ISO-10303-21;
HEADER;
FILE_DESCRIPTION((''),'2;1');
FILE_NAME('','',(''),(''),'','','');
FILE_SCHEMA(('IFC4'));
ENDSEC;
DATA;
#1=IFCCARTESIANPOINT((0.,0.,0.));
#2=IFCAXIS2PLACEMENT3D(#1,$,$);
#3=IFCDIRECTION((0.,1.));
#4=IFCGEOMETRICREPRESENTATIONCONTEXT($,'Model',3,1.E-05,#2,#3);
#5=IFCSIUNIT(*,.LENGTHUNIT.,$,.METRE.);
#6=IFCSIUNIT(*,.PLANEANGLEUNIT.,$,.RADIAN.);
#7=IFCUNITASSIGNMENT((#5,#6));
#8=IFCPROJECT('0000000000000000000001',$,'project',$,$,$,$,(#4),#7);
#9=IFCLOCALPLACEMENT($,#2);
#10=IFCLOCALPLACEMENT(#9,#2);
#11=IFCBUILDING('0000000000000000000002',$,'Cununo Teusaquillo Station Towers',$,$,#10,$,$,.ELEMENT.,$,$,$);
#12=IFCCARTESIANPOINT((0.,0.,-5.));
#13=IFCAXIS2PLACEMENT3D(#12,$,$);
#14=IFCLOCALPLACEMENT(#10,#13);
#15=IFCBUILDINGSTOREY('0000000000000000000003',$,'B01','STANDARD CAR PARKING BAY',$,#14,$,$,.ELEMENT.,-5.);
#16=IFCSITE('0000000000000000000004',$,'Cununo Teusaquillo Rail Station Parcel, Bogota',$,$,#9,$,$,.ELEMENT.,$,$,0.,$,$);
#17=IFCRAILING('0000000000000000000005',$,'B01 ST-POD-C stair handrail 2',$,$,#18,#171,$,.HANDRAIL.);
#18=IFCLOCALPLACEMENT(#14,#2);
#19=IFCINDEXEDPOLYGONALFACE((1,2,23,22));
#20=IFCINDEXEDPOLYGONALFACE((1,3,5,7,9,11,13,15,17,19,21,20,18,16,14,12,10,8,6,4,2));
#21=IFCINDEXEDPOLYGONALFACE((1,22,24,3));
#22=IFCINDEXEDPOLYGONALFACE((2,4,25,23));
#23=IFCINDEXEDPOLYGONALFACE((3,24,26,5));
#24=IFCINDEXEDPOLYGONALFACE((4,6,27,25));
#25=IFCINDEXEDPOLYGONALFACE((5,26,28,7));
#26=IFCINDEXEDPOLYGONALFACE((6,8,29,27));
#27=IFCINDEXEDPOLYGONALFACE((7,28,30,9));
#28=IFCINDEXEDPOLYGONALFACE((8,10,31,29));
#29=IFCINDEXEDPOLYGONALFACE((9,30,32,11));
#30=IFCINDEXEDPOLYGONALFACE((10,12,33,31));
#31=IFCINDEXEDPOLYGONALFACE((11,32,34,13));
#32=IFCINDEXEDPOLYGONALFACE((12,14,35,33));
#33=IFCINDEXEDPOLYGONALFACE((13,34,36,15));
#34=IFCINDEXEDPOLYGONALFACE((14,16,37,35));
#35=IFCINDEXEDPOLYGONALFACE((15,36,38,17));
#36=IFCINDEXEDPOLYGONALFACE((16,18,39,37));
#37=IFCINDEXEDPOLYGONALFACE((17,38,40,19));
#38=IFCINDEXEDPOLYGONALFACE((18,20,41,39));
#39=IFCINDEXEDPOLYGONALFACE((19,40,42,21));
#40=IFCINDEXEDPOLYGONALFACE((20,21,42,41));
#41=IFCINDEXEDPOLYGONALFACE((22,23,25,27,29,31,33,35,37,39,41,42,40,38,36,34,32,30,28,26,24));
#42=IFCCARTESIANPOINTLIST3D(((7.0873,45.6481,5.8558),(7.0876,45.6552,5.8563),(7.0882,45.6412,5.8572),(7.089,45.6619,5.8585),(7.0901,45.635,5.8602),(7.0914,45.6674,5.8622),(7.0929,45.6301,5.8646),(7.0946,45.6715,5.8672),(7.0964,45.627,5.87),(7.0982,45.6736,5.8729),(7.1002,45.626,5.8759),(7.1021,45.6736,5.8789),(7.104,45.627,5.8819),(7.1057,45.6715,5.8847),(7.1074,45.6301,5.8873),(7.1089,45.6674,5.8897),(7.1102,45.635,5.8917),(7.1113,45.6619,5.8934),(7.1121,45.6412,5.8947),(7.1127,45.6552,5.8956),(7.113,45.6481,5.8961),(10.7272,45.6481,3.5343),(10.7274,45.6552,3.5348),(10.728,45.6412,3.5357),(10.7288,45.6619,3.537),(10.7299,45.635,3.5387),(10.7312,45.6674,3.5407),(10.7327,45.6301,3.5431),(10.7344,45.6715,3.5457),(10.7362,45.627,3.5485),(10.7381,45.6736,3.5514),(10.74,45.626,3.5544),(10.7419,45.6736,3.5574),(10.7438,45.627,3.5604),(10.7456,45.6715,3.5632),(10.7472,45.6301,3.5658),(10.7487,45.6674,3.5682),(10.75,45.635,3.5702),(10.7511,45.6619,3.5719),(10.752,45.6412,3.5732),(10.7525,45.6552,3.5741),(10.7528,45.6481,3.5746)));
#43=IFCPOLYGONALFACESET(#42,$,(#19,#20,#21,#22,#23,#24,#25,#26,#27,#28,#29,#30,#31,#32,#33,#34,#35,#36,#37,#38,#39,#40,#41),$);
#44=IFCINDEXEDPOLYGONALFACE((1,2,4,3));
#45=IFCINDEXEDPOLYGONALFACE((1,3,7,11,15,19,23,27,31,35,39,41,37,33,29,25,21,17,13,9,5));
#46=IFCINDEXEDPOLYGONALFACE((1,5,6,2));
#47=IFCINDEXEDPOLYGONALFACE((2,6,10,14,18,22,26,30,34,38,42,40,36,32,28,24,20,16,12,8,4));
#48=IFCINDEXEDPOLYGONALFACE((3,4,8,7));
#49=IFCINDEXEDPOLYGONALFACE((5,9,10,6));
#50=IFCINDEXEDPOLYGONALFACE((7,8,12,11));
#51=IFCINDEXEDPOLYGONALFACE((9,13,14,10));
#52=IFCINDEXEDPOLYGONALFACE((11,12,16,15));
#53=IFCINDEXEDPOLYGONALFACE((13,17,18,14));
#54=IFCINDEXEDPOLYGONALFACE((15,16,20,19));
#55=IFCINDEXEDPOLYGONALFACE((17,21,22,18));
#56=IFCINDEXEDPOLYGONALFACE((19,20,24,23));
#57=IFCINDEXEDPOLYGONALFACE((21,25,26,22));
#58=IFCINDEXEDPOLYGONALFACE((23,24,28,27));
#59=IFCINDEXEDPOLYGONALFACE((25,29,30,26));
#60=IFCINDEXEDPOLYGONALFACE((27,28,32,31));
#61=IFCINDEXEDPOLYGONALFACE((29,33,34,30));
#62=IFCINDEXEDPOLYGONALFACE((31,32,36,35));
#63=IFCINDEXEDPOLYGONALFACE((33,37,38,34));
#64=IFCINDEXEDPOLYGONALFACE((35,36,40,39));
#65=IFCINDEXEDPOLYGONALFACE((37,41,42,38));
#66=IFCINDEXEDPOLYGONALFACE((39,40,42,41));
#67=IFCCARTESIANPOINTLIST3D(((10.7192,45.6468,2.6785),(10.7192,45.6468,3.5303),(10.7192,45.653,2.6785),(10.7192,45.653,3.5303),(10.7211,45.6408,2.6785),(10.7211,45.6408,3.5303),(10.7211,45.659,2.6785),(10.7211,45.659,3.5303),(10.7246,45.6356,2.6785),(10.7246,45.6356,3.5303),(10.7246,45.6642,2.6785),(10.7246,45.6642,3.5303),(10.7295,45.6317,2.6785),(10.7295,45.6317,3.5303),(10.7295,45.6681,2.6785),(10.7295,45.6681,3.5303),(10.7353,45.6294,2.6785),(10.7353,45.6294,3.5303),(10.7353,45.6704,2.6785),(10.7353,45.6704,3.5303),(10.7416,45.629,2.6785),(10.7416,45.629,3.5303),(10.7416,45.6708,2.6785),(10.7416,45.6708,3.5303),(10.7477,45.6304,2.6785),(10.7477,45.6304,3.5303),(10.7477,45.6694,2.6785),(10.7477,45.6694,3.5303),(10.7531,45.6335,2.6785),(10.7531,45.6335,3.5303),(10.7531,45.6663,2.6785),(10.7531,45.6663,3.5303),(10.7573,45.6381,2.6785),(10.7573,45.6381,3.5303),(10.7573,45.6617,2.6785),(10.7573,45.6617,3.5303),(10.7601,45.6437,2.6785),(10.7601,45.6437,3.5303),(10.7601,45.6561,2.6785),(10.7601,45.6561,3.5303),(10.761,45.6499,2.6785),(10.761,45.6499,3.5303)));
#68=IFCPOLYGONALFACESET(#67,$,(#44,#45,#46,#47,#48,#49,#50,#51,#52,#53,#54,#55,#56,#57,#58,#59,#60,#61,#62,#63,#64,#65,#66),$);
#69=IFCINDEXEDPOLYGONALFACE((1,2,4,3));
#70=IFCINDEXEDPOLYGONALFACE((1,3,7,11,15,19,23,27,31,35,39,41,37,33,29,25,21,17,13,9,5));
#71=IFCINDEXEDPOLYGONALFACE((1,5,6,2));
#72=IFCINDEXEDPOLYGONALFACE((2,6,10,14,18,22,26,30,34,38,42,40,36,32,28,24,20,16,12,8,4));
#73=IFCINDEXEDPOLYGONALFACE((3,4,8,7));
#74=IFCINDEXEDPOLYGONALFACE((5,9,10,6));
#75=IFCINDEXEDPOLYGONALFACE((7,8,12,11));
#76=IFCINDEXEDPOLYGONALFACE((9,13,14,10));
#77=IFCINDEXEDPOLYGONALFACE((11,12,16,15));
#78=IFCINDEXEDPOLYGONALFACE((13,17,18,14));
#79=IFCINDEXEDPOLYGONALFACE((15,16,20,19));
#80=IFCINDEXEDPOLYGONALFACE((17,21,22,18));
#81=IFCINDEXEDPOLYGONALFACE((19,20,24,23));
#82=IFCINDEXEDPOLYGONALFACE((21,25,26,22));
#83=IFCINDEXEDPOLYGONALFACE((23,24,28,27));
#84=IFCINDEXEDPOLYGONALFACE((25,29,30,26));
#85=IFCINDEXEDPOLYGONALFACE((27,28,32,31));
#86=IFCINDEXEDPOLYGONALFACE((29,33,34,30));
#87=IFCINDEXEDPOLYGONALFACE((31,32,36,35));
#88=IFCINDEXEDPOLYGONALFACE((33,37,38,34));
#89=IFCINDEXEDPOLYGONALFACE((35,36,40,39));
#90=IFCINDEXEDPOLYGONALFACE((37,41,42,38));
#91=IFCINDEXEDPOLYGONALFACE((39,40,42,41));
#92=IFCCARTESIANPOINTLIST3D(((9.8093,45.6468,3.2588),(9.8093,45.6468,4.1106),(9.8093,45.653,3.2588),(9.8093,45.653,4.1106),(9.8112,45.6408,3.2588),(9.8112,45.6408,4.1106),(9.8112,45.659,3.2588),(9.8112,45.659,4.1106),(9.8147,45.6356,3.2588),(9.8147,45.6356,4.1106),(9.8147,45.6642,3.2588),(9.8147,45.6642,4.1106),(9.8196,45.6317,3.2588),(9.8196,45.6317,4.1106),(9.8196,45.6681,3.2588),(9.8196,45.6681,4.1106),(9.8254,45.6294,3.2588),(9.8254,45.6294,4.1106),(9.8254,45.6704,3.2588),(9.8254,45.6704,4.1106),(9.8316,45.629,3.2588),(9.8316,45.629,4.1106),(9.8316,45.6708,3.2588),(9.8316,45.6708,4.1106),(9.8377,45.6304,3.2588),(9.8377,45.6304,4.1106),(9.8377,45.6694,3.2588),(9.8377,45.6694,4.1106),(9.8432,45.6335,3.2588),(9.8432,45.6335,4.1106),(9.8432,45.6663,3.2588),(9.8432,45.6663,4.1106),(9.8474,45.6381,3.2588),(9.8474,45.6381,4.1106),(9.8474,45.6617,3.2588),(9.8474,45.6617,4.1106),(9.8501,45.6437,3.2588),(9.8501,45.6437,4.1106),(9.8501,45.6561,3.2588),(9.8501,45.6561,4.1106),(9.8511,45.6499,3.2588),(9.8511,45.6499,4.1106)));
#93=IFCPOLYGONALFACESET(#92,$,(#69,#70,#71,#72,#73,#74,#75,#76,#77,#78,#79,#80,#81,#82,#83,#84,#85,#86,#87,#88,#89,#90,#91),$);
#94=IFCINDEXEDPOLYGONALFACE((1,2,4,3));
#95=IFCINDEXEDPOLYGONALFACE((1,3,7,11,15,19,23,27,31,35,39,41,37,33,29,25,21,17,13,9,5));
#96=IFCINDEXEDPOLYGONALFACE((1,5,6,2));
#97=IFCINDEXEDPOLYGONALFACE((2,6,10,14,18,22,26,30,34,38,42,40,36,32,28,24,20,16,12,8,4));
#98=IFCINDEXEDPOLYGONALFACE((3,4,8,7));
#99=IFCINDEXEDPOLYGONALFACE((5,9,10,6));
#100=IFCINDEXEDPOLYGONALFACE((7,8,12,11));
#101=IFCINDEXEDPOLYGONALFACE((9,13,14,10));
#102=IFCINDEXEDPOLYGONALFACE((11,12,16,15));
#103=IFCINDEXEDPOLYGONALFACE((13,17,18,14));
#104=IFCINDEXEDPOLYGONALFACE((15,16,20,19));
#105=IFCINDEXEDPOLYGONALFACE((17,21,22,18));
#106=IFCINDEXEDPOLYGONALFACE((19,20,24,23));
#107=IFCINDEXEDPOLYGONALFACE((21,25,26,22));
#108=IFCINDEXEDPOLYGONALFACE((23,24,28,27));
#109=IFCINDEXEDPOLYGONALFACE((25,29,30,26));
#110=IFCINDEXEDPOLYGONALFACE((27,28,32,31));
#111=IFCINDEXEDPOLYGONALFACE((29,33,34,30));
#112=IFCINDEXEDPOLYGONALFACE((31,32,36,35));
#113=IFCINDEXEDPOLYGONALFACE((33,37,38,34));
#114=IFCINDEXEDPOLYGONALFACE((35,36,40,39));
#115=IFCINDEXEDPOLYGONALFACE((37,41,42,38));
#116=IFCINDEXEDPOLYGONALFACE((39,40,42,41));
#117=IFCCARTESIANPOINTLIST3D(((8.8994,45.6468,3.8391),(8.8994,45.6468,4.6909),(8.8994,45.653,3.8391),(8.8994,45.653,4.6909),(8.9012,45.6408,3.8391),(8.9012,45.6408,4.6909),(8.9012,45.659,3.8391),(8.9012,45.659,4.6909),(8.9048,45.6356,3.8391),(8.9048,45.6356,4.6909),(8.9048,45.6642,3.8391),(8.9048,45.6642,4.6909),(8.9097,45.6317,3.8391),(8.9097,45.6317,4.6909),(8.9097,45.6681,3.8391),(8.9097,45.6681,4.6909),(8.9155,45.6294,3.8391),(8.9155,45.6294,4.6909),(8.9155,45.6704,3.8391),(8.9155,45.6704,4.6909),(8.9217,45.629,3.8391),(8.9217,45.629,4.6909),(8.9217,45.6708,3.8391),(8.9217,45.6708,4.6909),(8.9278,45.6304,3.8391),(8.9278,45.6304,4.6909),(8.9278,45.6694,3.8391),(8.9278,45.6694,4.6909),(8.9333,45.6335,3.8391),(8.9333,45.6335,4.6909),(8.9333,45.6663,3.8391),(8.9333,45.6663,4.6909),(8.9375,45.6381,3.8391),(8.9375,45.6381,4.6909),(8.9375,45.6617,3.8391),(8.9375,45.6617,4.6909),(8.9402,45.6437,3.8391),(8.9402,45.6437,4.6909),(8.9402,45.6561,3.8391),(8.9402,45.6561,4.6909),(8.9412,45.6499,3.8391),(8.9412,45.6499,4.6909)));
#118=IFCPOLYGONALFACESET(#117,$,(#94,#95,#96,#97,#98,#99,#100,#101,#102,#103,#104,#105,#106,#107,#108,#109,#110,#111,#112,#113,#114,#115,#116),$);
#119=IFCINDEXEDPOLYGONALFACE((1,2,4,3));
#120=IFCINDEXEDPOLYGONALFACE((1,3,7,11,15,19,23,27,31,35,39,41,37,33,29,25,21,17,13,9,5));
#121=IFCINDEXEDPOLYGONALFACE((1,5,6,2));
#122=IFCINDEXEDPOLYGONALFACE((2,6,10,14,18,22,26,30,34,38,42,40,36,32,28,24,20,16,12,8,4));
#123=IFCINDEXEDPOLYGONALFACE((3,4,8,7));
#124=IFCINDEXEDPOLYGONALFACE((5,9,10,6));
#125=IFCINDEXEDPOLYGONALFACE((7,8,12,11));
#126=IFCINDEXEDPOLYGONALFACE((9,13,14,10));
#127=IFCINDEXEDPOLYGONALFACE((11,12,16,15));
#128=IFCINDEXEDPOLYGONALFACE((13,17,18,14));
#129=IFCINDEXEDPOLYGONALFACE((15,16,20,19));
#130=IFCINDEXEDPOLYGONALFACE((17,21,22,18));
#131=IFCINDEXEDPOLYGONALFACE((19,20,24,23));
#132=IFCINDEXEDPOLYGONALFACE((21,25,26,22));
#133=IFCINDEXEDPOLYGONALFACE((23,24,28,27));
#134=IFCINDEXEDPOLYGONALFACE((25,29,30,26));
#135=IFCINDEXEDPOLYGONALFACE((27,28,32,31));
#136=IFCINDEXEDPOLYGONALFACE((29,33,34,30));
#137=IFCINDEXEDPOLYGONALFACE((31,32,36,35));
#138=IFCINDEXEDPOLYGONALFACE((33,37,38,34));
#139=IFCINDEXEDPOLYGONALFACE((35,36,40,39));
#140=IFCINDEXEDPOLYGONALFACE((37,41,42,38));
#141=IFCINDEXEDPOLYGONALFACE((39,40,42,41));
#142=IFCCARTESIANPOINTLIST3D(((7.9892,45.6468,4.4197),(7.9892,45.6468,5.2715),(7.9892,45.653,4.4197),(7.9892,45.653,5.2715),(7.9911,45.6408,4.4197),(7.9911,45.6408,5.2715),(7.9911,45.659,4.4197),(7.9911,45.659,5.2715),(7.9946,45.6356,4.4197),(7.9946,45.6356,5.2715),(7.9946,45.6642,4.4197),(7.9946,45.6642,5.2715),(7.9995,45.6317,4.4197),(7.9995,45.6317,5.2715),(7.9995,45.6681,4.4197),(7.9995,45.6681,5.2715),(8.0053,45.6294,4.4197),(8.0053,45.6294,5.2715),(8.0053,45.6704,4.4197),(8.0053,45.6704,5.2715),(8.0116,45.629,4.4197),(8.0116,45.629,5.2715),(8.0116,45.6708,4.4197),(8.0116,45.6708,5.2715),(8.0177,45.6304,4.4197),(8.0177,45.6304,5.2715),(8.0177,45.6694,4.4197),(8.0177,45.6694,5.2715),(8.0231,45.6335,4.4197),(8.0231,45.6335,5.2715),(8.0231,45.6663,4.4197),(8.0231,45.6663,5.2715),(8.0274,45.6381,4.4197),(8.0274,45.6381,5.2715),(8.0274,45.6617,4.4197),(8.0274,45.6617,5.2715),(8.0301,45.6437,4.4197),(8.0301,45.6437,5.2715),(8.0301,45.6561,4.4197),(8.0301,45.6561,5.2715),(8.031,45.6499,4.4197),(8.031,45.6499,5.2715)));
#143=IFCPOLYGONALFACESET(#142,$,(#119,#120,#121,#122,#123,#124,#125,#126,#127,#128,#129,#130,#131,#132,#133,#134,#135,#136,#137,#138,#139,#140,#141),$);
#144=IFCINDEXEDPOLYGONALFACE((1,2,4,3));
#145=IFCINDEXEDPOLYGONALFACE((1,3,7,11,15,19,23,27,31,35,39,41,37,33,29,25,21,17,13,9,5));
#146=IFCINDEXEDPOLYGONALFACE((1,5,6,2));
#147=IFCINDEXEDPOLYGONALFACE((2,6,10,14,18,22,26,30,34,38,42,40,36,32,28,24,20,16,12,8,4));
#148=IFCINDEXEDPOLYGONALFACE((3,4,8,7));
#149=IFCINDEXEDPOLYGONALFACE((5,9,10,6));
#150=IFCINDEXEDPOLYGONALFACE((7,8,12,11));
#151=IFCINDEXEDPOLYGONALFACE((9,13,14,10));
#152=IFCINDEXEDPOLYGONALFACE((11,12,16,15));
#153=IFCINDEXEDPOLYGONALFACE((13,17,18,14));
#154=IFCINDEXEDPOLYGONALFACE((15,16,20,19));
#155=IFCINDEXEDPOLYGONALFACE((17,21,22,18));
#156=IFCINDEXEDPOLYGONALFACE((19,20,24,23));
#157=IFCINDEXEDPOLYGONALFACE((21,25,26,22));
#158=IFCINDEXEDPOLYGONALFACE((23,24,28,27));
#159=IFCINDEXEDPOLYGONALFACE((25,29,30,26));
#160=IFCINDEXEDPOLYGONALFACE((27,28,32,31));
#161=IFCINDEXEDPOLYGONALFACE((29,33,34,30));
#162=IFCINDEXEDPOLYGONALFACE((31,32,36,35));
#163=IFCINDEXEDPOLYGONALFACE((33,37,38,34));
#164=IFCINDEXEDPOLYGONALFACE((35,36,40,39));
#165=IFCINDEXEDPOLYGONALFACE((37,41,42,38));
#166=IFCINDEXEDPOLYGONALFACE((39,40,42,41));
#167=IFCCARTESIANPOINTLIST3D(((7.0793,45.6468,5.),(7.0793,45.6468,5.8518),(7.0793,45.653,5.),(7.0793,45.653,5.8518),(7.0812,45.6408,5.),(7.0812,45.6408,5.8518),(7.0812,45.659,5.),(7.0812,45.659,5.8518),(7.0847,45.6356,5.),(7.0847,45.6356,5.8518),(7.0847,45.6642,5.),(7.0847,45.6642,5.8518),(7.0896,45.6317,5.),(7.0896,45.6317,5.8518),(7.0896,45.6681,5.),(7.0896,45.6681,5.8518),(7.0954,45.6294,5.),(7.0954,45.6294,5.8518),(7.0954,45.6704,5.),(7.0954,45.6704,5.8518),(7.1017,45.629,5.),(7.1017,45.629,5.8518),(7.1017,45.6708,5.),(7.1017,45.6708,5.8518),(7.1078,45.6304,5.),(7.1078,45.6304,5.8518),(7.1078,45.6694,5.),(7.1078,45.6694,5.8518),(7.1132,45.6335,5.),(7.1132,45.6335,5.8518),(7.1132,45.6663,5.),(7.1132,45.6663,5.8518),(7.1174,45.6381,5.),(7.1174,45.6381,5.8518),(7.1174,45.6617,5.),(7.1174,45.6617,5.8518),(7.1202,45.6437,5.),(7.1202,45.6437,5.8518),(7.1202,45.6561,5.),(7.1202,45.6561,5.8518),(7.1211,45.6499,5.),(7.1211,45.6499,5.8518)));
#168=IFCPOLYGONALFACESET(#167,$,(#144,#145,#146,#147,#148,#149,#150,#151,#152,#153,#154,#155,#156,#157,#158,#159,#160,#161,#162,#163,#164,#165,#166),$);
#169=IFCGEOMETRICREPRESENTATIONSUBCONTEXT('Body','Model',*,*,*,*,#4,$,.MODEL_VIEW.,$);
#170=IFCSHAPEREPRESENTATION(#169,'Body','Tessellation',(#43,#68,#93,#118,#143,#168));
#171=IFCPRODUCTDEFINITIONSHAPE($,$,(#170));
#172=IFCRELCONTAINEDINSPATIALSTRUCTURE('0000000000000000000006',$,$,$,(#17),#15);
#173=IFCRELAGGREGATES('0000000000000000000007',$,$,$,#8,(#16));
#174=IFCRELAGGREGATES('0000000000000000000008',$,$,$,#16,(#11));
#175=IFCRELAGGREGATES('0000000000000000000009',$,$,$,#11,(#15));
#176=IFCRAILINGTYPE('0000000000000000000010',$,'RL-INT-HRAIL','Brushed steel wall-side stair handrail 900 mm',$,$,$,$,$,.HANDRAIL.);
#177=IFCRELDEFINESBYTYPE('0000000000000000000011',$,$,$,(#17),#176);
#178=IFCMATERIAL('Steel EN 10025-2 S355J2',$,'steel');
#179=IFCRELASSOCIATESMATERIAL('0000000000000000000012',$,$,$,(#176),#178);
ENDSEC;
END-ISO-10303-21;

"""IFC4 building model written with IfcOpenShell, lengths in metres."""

from ifc_helpers import new_model, si_unit, direction, frame, origin, origin_2d, place, context, subcontext, project, spatial, circle, extrude, material, type_object, element, save


model = new_model("IFC4")

# Units and contexts
model_context = context("Model", 3, precision=1e-05, world=origin(), true_north=direction((0.0, 1.0)))
body_context = subcontext(model_context, "Body", "Model", "MODEL_VIEW")
ifc_project = project(units=[si_unit("LENGTHUNIT", "METRE"), si_unit("PLANEANGLEUNIT", "RADIAN")], contexts=[model_context])

# Site, building, storey
site_placement = place(None, origin())
site = spatial("IfcSite", under=ifc_project, at=site_placement, Name="Cununo Teusaquillo Rail Station Parcel, Bogota", CompositionType="ELEMENT", RefElevation=0.0)
building_placement = place(site_placement, origin())
building = spatial("IfcBuilding", under=site, at=building_placement, Name="Cununo Teusaquillo Station Towers", CompositionType="ELEMENT")
storey_placement = place(building_placement, frame((0.0, 0.0, -5.0)))
storey = spatial("IfcBuildingStorey", under=building, at=storey_placement, Name="B01", Description="STANDARD CAR PARKING BAY", CompositionType="ELEMENT", Elevation=-5.0)

# Railing
ifc_material_1 = material(Name="Steel EN 10025-2 S355J2", Category="steel")
railing_type_1 = type_object("IfcRailingType", Name="RL-INT-HRAIL", Description="Brushed steel wall-side stair handrail 900 mm", PredefinedType="HANDRAIL", material=ifc_material_1)
railing_1_placement = place(storey_placement, frame((10.74, 45.6499, 2.6785)))
element("IfcRailing", 1, at=railing_1_placement, inside=storey, type_object=railing_type_1, Name="B01 ST-POD-C stair handrail 2", PredefinedType="HANDRAIL", context=body_context, shape_type="SweptSolid", body=[
    extrude(circle(Radius=0.0239, at=origin_2d()), frame((0.0, 0.0, 0.876), z_axis=(-0.843112, 0.0, 0.537739), x_axis=(0.0, -1.0, 0.0)), (0.0, 0.0, 1.0), 4.3171),
    extrude(circle(Radius=0.021, at=origin_2d()), origin(), (0.0, 0.0, 1.0), 0.8518),
    extrude(circle(Radius=0.021, at=origin_2d()), frame((-0.9099, 0.0, 0.5803)), (0.0, 0.0, 1.0), 0.8518),
    extrude(circle(Radius=0.021, at=origin_2d()), frame((-1.8198, 0.0, 1.1606)), (0.0, 0.0, 1.0), 0.8518),
    extrude(circle(Radius=0.021, at=origin_2d()), frame((-2.73, 0.0, 1.7412)), (0.0, 0.0, 1.0), 0.8518),
    extrude(circle(Radius=0.021, at=origin_2d()), frame((-3.6399, 0.0, 2.3215)), (0.0, 0.0, 1.0), 0.8518),
])

save(model, "model.ifc")
